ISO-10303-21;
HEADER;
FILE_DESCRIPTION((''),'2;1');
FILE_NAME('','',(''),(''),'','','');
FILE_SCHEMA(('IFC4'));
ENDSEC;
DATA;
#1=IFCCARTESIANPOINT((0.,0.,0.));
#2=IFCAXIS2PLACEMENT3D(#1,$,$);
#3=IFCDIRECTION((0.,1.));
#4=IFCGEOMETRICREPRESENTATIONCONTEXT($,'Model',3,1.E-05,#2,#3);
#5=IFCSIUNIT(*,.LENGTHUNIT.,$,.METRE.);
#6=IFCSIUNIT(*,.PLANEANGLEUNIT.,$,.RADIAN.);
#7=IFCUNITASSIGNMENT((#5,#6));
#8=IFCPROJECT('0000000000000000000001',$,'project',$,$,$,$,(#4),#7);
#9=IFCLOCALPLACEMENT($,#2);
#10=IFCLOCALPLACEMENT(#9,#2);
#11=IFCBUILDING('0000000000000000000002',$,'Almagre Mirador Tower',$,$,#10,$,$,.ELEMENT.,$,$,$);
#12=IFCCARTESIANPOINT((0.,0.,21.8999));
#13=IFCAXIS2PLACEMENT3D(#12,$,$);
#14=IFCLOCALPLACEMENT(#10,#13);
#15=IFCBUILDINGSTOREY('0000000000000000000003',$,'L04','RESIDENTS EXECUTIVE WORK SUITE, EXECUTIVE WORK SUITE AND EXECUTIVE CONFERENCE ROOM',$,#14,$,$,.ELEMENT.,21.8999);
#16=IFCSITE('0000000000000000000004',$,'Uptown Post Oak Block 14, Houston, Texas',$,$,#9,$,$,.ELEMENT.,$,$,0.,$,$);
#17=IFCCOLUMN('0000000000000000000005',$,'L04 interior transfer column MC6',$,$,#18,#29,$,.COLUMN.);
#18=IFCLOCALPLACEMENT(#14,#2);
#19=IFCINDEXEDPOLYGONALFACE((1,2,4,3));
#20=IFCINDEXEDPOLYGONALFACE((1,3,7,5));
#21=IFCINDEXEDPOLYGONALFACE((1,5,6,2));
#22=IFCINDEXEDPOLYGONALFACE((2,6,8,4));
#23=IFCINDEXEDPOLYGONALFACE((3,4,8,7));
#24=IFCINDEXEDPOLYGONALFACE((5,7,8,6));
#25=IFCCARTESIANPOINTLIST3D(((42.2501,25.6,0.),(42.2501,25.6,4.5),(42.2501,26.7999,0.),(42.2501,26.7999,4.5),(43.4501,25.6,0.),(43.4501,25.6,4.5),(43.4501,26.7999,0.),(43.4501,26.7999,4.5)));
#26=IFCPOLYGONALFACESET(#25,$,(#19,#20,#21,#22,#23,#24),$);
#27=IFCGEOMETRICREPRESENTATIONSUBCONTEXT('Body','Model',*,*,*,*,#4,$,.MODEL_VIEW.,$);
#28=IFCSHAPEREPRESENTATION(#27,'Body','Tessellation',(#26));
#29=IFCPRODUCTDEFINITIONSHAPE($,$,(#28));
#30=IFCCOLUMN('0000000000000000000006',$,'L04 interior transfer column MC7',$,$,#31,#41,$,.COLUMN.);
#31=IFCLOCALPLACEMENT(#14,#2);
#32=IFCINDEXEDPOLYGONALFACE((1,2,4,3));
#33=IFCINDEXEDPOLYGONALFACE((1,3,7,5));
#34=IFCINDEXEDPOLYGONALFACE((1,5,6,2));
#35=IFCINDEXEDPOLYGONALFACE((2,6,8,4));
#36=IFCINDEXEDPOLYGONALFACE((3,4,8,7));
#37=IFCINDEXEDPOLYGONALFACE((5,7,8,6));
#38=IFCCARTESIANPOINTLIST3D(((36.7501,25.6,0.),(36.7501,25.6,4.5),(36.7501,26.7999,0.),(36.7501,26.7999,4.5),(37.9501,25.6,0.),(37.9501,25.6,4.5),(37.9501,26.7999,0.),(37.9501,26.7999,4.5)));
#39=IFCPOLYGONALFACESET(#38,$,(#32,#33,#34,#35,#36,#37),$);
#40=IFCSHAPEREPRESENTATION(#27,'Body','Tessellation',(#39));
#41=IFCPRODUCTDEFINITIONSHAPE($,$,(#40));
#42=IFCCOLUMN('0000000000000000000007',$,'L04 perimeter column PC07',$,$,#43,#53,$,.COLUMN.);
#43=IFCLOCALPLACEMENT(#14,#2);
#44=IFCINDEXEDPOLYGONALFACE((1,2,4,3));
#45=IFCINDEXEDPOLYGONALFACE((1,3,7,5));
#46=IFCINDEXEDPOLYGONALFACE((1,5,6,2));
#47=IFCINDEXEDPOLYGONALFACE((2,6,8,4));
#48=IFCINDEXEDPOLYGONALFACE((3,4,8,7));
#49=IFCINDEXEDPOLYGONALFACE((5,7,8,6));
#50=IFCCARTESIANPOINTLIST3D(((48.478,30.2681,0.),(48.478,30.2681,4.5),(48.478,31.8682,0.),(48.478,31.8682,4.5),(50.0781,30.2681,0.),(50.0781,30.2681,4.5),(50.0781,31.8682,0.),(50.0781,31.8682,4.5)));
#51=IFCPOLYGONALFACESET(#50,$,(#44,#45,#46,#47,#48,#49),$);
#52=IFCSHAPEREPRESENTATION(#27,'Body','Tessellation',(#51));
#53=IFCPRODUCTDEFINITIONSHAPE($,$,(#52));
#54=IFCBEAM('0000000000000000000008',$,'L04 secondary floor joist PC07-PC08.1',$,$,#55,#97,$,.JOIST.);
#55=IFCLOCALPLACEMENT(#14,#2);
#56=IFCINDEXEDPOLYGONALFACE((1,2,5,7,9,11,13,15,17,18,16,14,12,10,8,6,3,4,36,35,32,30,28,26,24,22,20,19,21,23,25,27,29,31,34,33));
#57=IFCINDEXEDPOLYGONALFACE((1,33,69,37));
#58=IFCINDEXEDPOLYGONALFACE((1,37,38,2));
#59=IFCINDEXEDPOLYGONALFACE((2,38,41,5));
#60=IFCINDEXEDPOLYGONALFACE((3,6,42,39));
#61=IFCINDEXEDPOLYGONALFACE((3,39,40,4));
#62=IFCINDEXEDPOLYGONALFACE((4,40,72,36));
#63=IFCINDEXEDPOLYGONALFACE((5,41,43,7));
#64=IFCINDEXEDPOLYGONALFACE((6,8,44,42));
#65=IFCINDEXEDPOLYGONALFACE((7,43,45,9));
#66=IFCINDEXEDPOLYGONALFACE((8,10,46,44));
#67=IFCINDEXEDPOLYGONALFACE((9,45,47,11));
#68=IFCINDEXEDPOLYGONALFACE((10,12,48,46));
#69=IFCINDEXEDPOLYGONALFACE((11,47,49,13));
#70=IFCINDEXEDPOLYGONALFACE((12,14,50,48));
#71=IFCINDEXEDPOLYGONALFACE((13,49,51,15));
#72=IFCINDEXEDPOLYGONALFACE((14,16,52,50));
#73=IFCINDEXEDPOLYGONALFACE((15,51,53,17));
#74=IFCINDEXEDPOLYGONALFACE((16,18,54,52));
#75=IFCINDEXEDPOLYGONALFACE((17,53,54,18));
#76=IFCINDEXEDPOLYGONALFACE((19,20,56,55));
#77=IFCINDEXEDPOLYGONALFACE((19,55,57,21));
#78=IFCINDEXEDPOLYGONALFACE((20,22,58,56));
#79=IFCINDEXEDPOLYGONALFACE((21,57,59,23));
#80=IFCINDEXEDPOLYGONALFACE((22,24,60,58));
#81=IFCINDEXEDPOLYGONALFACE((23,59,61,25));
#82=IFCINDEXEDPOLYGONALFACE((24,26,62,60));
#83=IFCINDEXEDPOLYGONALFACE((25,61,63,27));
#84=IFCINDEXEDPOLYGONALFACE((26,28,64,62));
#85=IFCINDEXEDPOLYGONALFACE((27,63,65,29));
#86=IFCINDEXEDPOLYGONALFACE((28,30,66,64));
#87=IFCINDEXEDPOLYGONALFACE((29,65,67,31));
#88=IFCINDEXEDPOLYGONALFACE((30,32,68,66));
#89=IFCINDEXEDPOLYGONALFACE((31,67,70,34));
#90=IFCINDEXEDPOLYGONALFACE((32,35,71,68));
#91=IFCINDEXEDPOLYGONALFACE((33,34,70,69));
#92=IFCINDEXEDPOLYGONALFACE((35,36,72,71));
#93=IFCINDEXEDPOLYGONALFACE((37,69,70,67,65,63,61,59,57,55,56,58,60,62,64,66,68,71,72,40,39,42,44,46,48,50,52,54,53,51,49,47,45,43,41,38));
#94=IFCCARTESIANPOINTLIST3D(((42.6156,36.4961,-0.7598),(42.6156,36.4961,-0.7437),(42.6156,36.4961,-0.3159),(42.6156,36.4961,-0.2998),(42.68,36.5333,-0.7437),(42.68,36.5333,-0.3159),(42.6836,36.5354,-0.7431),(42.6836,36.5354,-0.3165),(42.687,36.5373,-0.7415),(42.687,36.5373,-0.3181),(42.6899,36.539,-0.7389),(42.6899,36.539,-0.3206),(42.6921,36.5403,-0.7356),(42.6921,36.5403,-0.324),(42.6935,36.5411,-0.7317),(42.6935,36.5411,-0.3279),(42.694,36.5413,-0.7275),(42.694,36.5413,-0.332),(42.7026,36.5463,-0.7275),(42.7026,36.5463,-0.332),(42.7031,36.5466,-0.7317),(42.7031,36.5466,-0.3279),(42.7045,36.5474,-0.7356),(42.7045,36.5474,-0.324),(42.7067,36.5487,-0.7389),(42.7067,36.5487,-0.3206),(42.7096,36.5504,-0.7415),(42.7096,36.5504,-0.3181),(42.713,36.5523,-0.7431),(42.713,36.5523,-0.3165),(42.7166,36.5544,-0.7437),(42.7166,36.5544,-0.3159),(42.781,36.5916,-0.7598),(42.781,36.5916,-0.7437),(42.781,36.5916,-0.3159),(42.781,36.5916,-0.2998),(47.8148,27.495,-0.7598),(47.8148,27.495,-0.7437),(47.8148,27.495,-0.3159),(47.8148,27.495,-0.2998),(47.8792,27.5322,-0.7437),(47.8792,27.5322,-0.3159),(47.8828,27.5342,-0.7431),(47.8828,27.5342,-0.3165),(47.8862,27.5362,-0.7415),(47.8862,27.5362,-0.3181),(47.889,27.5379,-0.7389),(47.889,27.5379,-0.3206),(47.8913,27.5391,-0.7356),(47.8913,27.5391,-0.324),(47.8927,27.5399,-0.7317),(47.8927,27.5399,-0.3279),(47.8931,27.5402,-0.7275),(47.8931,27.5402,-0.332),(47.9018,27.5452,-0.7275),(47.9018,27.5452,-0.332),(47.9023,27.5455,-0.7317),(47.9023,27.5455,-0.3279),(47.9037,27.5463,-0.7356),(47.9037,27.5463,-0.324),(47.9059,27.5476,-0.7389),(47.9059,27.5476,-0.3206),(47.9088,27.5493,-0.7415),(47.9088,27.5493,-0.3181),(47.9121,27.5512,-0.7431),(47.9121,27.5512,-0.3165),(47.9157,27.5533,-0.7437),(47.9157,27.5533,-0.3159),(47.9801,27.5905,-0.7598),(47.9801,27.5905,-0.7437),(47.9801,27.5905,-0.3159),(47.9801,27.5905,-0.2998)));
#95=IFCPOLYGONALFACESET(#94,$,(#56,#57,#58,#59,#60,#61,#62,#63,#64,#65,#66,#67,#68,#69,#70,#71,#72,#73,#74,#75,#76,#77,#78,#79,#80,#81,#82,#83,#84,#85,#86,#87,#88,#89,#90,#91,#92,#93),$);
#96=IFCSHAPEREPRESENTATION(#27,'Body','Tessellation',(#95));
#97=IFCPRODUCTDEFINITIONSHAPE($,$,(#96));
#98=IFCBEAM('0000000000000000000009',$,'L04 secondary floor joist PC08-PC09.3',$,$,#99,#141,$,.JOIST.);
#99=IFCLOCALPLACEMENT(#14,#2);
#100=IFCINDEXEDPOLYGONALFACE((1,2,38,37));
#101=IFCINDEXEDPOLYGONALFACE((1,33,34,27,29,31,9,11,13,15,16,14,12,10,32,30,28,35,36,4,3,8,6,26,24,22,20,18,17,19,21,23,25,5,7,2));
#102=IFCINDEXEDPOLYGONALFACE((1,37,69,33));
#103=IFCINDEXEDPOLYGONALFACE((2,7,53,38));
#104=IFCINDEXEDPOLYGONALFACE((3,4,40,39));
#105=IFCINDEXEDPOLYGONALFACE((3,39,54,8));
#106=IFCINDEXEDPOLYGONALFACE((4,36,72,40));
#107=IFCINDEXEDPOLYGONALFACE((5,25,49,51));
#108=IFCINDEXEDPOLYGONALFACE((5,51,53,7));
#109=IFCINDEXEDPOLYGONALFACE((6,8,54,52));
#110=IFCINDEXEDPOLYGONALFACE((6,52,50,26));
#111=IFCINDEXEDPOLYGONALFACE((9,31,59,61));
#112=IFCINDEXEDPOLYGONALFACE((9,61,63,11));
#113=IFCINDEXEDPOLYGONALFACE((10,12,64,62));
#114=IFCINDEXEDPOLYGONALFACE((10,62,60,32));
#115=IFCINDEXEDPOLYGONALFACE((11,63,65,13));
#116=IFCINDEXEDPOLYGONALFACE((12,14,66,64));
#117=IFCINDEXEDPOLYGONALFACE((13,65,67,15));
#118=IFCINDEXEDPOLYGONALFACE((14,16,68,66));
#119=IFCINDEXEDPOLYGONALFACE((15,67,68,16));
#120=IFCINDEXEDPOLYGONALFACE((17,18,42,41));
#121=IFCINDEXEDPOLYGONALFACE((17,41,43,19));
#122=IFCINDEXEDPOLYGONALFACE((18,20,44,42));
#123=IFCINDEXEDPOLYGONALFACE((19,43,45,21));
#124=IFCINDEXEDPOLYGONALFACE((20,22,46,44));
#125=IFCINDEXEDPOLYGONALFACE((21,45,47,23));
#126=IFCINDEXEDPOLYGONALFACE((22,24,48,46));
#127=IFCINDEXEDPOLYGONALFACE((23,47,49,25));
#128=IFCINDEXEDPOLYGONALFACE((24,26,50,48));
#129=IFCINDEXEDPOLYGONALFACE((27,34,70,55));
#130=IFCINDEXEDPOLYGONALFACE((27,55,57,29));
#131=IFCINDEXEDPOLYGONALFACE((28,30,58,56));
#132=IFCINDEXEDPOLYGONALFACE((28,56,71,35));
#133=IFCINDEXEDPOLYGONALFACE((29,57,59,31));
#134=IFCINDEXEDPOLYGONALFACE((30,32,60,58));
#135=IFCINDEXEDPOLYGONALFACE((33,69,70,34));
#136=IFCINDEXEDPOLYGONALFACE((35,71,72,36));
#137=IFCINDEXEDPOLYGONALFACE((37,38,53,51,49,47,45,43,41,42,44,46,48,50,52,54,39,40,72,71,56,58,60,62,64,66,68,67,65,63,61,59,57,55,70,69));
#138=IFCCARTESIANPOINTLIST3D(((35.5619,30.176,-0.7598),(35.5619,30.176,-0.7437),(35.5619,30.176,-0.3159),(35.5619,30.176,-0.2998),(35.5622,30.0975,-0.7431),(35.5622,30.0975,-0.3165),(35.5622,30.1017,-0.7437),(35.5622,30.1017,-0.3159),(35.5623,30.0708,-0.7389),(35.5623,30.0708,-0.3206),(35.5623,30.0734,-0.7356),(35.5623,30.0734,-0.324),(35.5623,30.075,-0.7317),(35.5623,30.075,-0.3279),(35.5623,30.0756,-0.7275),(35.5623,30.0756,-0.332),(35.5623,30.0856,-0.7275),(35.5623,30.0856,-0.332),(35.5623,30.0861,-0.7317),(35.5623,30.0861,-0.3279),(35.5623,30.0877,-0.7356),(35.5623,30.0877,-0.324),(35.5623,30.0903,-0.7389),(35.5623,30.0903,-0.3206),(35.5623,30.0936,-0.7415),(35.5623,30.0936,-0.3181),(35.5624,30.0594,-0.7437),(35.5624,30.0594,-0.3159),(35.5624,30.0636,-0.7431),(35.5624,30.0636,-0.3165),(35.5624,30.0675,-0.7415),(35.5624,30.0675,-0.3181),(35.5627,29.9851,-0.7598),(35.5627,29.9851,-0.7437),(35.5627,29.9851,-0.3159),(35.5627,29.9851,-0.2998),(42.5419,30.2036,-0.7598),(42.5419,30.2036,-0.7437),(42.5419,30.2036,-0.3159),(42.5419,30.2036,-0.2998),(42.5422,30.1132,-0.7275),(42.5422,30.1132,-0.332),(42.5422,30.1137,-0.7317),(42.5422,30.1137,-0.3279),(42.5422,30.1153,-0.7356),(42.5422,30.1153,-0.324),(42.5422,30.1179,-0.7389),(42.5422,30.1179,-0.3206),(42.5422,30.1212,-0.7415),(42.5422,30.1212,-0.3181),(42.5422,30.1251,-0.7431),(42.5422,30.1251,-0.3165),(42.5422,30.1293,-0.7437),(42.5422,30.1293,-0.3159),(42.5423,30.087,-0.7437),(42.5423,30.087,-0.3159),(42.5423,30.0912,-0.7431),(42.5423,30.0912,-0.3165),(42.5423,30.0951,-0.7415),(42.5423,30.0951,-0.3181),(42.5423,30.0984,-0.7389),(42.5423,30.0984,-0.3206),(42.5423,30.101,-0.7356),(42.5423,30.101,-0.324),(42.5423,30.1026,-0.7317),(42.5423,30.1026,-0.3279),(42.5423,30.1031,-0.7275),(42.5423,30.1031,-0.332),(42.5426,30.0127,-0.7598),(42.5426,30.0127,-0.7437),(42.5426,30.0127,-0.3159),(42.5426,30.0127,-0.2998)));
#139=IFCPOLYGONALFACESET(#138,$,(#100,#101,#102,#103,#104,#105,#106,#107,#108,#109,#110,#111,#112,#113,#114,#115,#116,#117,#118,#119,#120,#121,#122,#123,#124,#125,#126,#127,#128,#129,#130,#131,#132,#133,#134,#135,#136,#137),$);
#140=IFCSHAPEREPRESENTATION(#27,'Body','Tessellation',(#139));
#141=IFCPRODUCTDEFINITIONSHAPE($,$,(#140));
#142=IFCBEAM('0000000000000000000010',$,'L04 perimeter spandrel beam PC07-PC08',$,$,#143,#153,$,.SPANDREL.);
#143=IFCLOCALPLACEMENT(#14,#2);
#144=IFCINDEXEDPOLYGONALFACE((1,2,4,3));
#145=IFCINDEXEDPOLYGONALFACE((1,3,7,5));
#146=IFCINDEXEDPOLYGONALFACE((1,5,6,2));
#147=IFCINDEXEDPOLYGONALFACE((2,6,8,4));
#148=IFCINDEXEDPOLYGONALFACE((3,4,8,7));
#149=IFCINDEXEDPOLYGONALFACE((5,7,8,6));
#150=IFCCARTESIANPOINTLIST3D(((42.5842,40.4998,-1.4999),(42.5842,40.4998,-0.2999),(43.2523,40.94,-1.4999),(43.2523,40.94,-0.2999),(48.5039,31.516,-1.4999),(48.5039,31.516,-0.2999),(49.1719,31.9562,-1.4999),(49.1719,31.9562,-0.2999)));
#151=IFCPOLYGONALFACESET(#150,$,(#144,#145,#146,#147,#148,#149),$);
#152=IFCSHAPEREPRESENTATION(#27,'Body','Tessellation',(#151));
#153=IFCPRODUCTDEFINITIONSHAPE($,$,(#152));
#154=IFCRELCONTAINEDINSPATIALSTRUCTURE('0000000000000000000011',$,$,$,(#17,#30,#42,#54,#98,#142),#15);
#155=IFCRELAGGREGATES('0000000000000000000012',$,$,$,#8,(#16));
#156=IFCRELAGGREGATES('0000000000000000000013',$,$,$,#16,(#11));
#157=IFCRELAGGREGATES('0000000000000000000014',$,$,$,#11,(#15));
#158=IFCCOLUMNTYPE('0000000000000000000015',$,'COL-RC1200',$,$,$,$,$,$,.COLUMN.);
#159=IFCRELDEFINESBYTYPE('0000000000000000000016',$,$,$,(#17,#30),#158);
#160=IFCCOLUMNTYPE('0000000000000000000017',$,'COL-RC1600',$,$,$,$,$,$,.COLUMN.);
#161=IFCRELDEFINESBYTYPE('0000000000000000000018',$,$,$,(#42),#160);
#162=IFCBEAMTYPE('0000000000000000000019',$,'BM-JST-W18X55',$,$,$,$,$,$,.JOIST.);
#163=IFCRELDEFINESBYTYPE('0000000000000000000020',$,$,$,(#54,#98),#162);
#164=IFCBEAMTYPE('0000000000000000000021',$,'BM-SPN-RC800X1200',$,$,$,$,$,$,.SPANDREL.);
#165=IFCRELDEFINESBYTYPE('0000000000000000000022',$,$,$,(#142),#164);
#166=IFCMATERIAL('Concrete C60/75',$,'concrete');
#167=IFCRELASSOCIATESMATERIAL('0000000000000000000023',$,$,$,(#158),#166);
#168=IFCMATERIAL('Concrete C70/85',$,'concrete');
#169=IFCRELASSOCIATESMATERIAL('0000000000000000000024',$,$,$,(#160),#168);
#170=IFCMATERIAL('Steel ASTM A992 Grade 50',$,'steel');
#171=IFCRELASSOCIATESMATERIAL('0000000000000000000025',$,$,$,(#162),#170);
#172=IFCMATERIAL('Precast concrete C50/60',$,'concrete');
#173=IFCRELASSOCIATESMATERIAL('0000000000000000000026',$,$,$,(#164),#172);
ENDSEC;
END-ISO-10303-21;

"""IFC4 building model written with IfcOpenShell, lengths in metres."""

from ifc_helpers import new_model, si_unit, direction, frame, origin, origin_2d, place, context, subcontext, project, spatial, rectangle, i_section, extrude, material, material_profile, profile_set, type_object, element, save


model = new_model("IFC4")

# Units and contexts
model_context = context("Model", 3, precision=1e-05, world=origin(), true_north=direction((0.0, 1.0)))
body_context = subcontext(model_context, "Body", "Model", "MODEL_VIEW")
ifc_project = project(units=[si_unit("LENGTHUNIT", "METRE"), si_unit("PLANEANGLEUNIT", "RADIAN")], contexts=[model_context])

# Site, building, storey
site_placement = place(None, origin())
site = spatial("IfcSite", under=ifc_project, at=site_placement, Name="Uptown Post Oak Block 14, Houston, Texas", CompositionType="ELEMENT", RefElevation=0.0)
building_placement = place(site_placement, origin())
building = spatial("IfcBuilding", under=site, at=building_placement, Name="Almagre Mirador Tower", CompositionType="ELEMENT")
storey_placement = place(building_placement, frame((0.0, 0.0, 21.8999)))
storey = spatial("IfcBuildingStorey", under=building, at=storey_placement, Name="L04", Description="RESIDENTS EXECUTIVE WORK SUITE, EXECUTIVE WORK SUITE AND EXECUTIVE CONFERENCE ROOM", CompositionType="ELEMENT", Elevation=21.8999)

# Columns
ifc_material_1 = material(Name="Concrete C60/75", Category="concrete")
ifc_material_profile_1 = material_profile(ifc_material_1, rectangle(XDim=1.2, YDim=1.2, at=origin_2d()), Name="RC1200X1200")
ifc_profile_set_1 = profile_set([ifc_material_profile_1], Name="Concrete C60/75")
column_type_1 = type_object("IfcColumnType", Name="COL-RC1200", PredefinedType="COLUMN", material=ifc_profile_set_1)
for number, where, z_axis, x_axis, name in (
    (1, (42.8501, 26.2, 0.0), (0.0, 0.0, 1.0), (1.0, 0.0, 0.0), "L04 interior transfer column MC6"),
    (2, (37.3501, 26.2, 0.0), (0.0, 0.0, 1.0), (1.0, 0.0, 0.0), "L04 interior transfer column MC7"),
):
    element("IfcColumn", number, at=place(storey_placement, frame(where, z_axis=z_axis, x_axis=x_axis)), inside=storey, type_object=column_type_1, Name=name, PredefinedType="COLUMN", context=body_context, shape_type="SweptSolid", body=[
        extrude(rectangle(XDim=1.2, YDim=1.2, at=origin_2d()), origin(), (0.0, 0.0, 1.0), 4.5),
    ])
ifc_material_2 = material(Name="Concrete C70/85", Category="concrete")
ifc_material_profile_2 = material_profile(ifc_material_2, rectangle(XDim=1.6001, YDim=1.6001, at=origin_2d()), Name="RC1600X1600")
ifc_profile_set_2 = profile_set([ifc_material_profile_2], Name="Concrete C70/85")
column_type_2 = type_object("IfcColumnType", Name="COL-RC1600", PredefinedType="COLUMN", material=ifc_profile_set_2)
column_placement = place(storey_placement, frame((49.2781, 31.0681, 0.0), z_axis=(0.0, 0.0, 1.0), x_axis=(1.0, 0.0, 0.0)))
element("IfcColumn", 3, at=column_placement, inside=storey, type_object=column_type_2, Name="L04 perimeter column PC07", PredefinedType="COLUMN", context=body_context, shape_type="SweptSolid", body=[
    extrude(rectangle(XDim=1.6001, YDim=1.6001, at=origin_2d()), origin(), (0.0, 0.0, 1.0), 4.5),
])

# Beams
ifc_material_3 = material(Name="Steel ASTM A992 Grade 50", Category="steel")
ifc_material_profile_3 = material_profile(ifc_material_3, i_section(OverallWidth=0.1909, OverallDepth=0.46, WebThickness=0.01, FlangeThickness=0.0161, FilletRadius=0.0161, at=origin_2d()), Name="W18X55")
ifc_profile_set_3 = profile_set([ifc_material_profile_3], Name="Steel ASTM A992 Grade 50")
beam_type_1 = type_object("IfcBeamType", Name="BM-JST-W18X55", PredefinedType="JOIST", material=ifc_profile_set_3)
beam_1_placement = place(storey_placement, frame((47.8975, 27.5427, -0.5298), z_axis=(-0.50017, 0.865927, 0.0), x_axis=(-0.865927, -0.50017, 0.0)))
element("IfcBeam", 4, at=beam_1_placement, inside=storey, type_object=beam_type_1, Name="L04 secondary floor joist PC07-PC08.1", PredefinedType="JOIST", context=body_context, shape_type="SweptSolid", body=[
    extrude(i_section(OverallWidth=0.1909, OverallDepth=0.46, WebThickness=0.01, FlangeThickness=0.0161, FilletRadius=0.0161, at=origin_2d()), origin(), (0.0, 0.0, 1.0), 10.3948),
])
beam_2_placement = place(storey_placement, frame((42.5422, 30.1082, -0.5298), z_axis=(-0.999992, -0.003952, 0.0), x_axis=(0.003952, -0.999992, 0.0)))
element("IfcBeam", 5, at=beam_2_placement, inside=storey, type_object=beam_type_1, Name="L04 secondary floor joist PC08-PC09.3", PredefinedType="JOIST", context=body_context, shape_type="SweptSolid", body=[
    extrude(i_section(OverallWidth=0.1909, OverallDepth=0.46, WebThickness=0.01, FlangeThickness=0.0161, FilletRadius=0.0161, at=origin_2d()), origin(), (0.0, 0.0, 1.0), 6.98),
])
ifc_material_4 = material(Name="Precast concrete C50/60", Category="concrete")
ifc_material_profile_4 = material_profile(ifc_material_4, rectangle(XDim=0.8, YDim=1.2, at=origin_2d()), Name="RC800X1200")
ifc_profile_set_4 = profile_set([ifc_material_profile_4], Name="Precast concrete C50/60")
beam_type_2 = type_object("IfcBeamType", Name="BM-SPN-RC800X1200", PredefinedType="SPANDREL", material=ifc_profile_set_4)
beam_3_placement = place(storey_placement, frame((48.8379, 31.7361, -0.8999), z_axis=(-0.550215, 0.835023, 0.0), x_axis=(-0.835023, -0.550215, 0.0)))
element("IfcBeam", 6, at=beam_3_placement, inside=storey, type_object=beam_type_2, Name="L04 perimeter spandrel beam PC07-PC08", PredefinedType="SPANDREL", context=body_context, shape_type="SweptSolid", body=[
    extrude(rectangle(XDim=0.8, YDim=1.2, at=origin_2d()), origin(), (0.0, 0.0, 1.0), 10.7588),
])

save(model, "model.ifc")
